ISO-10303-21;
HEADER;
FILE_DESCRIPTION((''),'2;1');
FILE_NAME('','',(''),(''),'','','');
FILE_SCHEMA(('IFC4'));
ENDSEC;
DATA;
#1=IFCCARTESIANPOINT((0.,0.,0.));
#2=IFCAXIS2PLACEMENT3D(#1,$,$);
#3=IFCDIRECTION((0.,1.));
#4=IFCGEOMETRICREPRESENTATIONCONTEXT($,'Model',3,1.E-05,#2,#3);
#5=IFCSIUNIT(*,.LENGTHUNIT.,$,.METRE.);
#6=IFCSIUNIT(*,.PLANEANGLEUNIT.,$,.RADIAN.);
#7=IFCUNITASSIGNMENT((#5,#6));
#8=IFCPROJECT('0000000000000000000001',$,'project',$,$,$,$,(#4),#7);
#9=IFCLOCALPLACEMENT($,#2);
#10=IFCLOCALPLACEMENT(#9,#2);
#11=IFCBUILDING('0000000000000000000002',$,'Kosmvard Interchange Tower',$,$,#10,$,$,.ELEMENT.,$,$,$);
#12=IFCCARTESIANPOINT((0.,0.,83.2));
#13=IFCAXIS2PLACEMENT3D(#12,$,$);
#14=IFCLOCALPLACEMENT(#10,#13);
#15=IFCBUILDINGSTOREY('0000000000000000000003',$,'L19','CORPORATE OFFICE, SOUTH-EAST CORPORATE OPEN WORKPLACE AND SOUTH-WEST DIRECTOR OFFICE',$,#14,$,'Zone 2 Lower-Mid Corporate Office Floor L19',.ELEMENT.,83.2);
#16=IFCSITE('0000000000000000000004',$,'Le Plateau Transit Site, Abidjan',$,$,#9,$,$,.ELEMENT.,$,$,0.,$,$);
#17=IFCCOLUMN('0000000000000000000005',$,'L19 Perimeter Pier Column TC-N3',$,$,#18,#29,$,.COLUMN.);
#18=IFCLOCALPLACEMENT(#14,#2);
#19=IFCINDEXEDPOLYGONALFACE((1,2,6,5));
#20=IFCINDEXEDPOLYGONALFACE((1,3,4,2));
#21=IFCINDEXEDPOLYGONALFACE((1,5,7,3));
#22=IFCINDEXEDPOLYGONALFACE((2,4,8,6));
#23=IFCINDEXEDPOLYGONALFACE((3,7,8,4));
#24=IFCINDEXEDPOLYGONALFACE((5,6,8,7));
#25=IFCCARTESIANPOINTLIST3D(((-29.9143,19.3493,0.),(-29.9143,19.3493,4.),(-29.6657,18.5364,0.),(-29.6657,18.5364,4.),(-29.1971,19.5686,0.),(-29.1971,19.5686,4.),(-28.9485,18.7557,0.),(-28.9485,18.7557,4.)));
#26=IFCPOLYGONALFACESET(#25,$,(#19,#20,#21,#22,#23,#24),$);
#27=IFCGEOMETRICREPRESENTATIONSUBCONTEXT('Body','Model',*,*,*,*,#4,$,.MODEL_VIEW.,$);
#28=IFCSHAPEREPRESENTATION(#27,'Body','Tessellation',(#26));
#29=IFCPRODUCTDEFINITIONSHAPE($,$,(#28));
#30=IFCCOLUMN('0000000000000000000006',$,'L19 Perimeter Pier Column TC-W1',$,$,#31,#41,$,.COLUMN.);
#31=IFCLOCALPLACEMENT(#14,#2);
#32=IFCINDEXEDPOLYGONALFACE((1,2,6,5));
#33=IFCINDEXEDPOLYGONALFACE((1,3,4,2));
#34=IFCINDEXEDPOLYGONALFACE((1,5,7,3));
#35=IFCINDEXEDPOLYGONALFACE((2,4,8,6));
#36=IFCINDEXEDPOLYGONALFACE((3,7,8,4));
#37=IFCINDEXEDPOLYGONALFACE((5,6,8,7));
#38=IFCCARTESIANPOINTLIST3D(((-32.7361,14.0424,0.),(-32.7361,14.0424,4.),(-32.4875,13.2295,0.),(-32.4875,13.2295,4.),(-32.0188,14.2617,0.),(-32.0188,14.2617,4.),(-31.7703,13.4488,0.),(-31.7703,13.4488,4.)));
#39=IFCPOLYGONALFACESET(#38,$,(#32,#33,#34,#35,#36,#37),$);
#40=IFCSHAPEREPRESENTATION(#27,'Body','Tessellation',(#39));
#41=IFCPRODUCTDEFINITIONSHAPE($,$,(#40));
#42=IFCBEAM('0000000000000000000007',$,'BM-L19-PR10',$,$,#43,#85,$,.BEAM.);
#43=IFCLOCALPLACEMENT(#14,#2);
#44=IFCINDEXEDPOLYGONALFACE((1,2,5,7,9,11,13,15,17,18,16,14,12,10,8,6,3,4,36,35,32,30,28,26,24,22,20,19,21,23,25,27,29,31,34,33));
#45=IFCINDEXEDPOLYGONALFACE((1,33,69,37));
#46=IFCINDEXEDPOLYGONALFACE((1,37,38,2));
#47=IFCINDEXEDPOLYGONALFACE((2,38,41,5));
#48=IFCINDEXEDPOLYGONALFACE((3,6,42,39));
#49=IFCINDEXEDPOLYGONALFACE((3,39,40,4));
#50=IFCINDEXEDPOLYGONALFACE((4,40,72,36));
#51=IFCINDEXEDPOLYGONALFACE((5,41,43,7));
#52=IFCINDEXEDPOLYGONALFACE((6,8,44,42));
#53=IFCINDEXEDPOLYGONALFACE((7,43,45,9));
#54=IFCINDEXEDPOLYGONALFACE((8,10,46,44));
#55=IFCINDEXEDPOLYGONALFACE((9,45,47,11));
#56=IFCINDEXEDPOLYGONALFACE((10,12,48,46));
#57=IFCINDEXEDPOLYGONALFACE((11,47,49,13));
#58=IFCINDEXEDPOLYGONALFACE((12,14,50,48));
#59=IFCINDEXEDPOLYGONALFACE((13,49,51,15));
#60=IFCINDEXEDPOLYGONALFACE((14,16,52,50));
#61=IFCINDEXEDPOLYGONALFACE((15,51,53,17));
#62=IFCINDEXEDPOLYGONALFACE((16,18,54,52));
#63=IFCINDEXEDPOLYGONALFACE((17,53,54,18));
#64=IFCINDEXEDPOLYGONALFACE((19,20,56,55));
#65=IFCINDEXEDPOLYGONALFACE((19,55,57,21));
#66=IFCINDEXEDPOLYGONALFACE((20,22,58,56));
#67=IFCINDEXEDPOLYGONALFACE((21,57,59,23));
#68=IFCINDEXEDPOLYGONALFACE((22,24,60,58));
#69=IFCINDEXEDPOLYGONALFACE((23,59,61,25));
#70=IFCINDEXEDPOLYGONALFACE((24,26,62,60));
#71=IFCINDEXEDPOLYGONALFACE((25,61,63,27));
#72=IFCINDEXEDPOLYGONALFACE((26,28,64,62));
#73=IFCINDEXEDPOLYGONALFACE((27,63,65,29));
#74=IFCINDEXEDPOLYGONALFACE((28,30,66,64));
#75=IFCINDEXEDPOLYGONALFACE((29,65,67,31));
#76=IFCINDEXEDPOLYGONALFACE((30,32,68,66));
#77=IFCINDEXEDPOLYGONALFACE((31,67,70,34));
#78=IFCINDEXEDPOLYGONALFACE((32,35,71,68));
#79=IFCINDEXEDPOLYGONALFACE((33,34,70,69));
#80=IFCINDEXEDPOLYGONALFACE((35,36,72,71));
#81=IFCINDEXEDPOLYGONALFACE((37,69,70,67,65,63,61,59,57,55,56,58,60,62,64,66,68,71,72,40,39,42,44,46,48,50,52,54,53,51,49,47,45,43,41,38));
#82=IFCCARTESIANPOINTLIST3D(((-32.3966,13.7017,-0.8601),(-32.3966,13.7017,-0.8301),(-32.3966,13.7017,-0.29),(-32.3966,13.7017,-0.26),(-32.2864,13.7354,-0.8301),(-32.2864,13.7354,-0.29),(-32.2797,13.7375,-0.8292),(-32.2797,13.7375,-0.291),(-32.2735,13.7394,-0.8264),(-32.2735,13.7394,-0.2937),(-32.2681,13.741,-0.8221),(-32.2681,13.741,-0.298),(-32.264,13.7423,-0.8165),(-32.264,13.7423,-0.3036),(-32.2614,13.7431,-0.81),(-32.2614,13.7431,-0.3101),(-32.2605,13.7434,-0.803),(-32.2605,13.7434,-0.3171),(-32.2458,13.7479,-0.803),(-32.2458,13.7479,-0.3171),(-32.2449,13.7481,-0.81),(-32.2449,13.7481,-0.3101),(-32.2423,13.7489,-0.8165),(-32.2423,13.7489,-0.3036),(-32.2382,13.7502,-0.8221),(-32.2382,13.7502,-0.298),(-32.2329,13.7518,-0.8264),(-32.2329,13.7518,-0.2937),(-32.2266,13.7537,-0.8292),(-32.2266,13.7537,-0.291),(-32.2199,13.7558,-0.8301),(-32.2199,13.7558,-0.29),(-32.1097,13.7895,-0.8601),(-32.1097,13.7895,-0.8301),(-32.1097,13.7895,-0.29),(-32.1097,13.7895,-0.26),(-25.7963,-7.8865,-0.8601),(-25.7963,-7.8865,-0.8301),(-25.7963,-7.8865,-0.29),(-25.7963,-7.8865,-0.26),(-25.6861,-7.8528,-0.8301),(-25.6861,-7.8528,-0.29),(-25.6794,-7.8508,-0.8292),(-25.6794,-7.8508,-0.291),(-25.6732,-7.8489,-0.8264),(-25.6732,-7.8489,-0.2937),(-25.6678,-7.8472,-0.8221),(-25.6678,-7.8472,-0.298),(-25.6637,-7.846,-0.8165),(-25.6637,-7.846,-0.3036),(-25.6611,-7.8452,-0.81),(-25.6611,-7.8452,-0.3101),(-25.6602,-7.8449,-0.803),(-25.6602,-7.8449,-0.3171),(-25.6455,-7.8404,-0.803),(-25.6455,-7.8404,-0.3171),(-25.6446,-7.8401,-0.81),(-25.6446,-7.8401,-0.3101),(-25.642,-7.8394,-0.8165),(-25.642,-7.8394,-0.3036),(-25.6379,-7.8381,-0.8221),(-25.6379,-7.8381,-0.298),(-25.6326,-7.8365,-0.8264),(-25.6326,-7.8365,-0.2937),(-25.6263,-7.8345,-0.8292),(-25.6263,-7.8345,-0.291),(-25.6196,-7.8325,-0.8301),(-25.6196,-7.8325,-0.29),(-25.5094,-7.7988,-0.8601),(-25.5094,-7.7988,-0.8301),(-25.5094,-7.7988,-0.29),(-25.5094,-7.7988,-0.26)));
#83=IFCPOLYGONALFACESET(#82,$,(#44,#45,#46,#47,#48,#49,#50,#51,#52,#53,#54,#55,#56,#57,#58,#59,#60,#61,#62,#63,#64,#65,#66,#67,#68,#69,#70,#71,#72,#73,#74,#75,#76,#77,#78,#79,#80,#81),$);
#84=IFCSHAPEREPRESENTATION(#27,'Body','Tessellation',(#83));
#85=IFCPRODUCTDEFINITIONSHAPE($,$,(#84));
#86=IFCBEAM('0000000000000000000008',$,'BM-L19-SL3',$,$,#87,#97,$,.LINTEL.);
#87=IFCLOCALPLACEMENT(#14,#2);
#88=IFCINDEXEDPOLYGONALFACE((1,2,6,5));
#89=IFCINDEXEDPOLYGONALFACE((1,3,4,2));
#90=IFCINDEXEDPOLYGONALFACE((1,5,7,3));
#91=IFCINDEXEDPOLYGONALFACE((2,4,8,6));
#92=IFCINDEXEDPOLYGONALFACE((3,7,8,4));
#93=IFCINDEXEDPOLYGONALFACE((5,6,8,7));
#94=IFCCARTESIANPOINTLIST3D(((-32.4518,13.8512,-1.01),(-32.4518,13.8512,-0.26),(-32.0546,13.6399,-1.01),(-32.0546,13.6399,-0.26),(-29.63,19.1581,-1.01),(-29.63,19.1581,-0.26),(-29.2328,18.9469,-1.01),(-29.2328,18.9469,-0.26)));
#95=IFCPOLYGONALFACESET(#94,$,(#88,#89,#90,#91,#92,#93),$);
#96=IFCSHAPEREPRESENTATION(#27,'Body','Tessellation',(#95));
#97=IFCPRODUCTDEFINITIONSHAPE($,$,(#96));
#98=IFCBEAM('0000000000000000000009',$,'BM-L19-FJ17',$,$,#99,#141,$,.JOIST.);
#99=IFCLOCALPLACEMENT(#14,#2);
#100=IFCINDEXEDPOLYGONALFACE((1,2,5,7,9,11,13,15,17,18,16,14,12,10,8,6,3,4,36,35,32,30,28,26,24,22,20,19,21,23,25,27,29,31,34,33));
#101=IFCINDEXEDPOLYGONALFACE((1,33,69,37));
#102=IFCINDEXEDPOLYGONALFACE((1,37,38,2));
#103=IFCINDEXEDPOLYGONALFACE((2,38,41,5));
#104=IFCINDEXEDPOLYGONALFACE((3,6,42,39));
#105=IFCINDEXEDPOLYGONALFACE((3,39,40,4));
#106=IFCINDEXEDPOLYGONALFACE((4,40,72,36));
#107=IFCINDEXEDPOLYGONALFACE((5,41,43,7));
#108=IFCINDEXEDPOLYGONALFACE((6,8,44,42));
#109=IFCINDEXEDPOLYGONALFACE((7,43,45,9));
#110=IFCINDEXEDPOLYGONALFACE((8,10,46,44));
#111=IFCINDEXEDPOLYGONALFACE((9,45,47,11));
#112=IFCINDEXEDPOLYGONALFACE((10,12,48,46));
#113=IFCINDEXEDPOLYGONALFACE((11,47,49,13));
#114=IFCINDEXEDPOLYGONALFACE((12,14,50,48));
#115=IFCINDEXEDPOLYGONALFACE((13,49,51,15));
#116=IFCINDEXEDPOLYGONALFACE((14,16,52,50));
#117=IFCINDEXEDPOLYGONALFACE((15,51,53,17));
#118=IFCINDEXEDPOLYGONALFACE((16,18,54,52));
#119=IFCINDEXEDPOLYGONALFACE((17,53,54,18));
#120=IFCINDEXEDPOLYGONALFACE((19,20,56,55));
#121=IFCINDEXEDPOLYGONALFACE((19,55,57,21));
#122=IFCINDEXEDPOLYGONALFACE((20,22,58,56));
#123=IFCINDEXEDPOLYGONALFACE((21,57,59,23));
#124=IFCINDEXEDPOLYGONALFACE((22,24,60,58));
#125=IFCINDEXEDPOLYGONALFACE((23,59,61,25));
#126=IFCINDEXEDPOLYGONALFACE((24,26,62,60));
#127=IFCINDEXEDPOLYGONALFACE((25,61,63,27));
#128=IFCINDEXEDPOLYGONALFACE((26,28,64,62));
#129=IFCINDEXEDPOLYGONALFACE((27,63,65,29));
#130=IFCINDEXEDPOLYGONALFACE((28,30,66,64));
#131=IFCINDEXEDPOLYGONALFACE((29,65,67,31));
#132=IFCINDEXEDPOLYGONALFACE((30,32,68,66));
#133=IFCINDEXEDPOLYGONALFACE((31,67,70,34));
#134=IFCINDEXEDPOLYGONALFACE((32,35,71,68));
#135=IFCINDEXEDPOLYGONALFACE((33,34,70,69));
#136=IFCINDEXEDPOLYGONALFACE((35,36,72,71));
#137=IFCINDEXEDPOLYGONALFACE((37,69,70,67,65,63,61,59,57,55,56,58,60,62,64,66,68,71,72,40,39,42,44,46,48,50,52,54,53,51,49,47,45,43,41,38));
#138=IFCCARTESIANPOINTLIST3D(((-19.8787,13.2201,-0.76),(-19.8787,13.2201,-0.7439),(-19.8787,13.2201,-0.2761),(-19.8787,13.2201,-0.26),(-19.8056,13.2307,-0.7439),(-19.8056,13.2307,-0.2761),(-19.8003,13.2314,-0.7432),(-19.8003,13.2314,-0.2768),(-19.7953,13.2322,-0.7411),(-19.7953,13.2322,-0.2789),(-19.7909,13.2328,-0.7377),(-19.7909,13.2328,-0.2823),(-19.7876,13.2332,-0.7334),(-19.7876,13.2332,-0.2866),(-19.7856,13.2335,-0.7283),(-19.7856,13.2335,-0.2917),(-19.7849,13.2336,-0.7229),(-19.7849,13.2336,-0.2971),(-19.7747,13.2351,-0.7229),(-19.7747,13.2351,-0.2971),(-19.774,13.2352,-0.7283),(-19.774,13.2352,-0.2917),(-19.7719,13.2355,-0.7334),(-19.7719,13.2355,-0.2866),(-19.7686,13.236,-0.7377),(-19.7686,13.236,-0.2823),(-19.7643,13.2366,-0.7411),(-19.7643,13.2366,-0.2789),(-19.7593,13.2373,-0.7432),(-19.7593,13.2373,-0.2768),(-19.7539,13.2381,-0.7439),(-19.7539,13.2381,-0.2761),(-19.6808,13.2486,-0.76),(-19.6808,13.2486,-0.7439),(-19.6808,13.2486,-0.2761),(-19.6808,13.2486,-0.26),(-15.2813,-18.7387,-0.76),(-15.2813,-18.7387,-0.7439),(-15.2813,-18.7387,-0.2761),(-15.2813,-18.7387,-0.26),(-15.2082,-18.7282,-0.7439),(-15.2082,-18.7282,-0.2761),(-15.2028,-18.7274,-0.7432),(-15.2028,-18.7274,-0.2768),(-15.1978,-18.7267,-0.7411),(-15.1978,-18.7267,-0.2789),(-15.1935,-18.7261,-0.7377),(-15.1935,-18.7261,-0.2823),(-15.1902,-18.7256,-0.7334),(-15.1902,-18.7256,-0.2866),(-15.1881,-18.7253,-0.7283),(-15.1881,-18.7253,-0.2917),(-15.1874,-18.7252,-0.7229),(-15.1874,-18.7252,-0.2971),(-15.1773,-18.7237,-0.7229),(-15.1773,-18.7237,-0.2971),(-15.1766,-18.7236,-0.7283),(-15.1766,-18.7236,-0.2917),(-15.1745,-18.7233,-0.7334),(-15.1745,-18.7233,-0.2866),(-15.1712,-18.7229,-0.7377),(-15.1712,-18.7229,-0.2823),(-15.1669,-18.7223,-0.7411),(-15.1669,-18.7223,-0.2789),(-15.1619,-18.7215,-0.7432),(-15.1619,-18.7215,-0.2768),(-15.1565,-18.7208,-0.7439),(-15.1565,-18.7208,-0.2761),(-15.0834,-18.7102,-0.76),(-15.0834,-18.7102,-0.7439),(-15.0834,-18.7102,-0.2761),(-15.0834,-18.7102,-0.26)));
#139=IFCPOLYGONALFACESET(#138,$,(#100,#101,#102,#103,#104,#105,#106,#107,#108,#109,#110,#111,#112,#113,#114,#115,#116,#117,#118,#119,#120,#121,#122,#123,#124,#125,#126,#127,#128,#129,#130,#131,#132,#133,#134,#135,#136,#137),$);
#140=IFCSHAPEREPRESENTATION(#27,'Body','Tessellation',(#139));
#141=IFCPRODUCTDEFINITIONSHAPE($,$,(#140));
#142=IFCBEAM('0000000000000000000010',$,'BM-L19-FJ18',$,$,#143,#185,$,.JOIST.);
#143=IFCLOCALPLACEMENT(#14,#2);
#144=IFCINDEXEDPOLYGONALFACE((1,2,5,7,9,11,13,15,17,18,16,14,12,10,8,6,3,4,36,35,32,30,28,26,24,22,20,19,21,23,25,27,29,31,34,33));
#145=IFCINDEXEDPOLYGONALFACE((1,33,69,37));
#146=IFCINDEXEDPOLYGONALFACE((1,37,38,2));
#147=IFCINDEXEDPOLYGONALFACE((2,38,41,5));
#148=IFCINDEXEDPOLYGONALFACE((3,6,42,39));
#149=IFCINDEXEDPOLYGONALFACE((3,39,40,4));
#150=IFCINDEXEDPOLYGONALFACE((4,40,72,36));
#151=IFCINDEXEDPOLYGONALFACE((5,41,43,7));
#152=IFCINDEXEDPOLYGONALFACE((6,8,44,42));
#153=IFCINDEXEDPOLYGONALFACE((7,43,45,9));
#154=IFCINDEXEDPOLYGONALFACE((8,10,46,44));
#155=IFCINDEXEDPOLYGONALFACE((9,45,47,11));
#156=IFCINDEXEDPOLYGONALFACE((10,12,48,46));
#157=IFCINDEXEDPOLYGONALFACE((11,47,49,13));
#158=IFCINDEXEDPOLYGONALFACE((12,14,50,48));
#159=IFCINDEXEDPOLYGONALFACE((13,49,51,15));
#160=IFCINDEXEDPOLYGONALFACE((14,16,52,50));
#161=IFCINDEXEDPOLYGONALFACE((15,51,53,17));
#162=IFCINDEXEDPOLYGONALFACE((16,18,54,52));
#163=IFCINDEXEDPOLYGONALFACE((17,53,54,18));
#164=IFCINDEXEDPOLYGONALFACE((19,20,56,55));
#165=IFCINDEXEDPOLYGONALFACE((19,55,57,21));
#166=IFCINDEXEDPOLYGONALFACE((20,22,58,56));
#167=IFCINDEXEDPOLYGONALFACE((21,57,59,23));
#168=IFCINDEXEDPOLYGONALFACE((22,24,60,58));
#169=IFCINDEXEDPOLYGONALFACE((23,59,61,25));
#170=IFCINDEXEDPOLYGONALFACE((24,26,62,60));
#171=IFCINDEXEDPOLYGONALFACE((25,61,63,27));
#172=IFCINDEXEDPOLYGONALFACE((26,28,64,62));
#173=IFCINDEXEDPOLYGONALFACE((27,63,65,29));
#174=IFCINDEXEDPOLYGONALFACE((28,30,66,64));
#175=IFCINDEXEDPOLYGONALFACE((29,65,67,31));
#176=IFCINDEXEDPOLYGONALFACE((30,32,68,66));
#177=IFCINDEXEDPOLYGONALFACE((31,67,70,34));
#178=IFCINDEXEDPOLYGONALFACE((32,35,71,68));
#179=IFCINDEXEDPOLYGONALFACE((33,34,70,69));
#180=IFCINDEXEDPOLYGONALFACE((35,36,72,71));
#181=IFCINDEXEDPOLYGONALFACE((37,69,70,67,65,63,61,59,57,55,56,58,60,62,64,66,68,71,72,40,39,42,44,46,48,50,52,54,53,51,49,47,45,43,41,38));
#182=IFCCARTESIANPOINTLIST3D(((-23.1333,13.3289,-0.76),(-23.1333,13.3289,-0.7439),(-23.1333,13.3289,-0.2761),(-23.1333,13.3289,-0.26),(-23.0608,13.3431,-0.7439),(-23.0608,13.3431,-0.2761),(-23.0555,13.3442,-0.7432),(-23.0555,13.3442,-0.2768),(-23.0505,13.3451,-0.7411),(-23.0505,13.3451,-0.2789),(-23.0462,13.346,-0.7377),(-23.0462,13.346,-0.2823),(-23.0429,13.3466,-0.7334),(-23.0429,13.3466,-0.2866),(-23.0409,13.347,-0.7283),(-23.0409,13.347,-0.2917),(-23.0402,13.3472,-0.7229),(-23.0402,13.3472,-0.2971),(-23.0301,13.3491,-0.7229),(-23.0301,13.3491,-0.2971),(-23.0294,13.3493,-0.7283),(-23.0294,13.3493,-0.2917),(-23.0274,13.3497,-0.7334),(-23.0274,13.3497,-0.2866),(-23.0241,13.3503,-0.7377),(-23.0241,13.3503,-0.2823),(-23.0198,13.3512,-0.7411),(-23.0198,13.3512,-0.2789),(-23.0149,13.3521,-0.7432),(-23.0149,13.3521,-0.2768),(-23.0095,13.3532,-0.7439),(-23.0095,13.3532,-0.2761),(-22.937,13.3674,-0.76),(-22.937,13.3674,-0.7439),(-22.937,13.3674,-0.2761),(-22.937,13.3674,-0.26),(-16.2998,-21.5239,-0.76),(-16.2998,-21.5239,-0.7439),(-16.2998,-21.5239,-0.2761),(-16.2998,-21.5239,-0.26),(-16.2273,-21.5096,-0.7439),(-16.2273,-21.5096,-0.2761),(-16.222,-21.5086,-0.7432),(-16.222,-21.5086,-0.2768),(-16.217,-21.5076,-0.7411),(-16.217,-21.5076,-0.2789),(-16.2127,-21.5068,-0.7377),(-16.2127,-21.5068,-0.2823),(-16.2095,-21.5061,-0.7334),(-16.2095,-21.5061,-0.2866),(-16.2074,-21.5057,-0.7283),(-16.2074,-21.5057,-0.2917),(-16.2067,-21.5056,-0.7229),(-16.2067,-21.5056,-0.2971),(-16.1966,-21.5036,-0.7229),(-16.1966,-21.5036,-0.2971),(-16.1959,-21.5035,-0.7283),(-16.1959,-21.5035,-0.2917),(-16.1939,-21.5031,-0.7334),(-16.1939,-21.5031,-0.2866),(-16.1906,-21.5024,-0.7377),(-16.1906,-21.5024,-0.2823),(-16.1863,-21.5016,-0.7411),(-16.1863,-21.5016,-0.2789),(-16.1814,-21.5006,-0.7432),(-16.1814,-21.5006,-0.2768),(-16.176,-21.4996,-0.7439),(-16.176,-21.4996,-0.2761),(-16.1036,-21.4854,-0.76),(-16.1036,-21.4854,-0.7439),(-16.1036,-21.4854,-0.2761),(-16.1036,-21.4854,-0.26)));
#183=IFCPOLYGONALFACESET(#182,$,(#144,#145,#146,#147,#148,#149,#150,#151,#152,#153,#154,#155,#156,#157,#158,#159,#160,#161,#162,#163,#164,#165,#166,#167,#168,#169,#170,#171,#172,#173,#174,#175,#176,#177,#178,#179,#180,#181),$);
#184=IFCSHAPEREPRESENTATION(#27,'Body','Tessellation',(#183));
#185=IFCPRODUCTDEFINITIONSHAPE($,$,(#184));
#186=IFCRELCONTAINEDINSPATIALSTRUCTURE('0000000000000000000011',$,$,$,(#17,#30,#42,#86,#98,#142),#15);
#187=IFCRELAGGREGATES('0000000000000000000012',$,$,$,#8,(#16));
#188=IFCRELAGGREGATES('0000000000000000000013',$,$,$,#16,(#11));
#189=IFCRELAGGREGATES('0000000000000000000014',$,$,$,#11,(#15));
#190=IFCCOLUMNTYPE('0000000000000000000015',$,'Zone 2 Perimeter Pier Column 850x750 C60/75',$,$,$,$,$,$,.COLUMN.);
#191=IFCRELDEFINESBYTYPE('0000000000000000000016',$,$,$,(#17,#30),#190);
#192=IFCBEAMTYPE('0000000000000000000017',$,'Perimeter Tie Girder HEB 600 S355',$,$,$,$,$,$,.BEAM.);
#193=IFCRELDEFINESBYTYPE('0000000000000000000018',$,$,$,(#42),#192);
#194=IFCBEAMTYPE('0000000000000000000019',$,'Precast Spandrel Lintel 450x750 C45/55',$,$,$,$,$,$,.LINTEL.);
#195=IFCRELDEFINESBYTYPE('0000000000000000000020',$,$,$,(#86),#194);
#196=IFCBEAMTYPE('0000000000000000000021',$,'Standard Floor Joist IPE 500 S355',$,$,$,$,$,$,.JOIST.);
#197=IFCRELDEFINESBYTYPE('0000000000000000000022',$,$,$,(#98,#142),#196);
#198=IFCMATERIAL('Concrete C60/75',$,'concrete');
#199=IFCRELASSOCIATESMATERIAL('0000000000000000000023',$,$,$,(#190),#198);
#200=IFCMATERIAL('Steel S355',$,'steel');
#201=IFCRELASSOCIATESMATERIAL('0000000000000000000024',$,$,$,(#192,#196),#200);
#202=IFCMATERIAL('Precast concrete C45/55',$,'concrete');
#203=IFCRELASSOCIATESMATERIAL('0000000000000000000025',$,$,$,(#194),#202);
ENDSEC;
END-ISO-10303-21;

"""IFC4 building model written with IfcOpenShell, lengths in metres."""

from ifc_helpers import new_model, si_unit, direction, frame, origin, origin_2d, place, context, subcontext, project, spatial, rectangle, i_section, extrude, source, transform, mapped, material, material_profile, profile_set, type_object, element, save


model = new_model("IFC4")

# Units and contexts
model_context = context("Model", 3, precision=1e-05, world=origin(), true_north=direction((0.0, 1.0)))
body_context = subcontext(model_context, "Body", "Model", "MODEL_VIEW")
ifc_project = project(units=[si_unit("LENGTHUNIT", "METRE"), si_unit("PLANEANGLEUNIT", "RADIAN")], contexts=[model_context])

# Site, building, storey
site_placement = place(None, origin())
site = spatial("IfcSite", under=ifc_project, at=site_placement, Name="Le Plateau Transit Site, Abidjan", CompositionType="ELEMENT", RefElevation=0.0)
building_placement = place(site_placement, origin())
building = spatial("IfcBuilding", under=site, at=building_placement, Name="Kosmvard Interchange Tower", CompositionType="ELEMENT")
storey_placement = place(building_placement, frame((0.0, 0.0, 83.2)))
storey = spatial("IfcBuildingStorey", under=building, at=storey_placement, Name="L19", Description="CORPORATE OFFICE, SOUTH-EAST CORPORATE OPEN WORKPLACE AND SOUTH-WEST DIRECTOR OFFICE", LongName="Zone 2 Lower-Mid Corporate Office Floor L19", CompositionType="ELEMENT", Elevation=83.2)

# Columns
ifc_material_1 = material(Name="Concrete C60/75", Category="concrete")
ifc_material_profile_1 = material_profile(ifc_material_1, rectangle(XDim=0.75, YDim=0.8501, at=origin_2d()), Name="TC 850x750")
ifc_profile_set_1 = profile_set([ifc_material_profile_1], Name="Concrete C60/75")
column_type = type_object("IfcColumnType", Name="Zone 2 Perimeter Pier Column 850x750 C60/75", PredefinedType="COLUMN", material=ifc_profile_set_1)
shared_shape_1 = source(origin(), body_context, "Body", "SweptSolid", [
    extrude(rectangle(XDim=0.75, YDim=0.8501, at=origin_2d()), origin(), (0.0, 0.0, 1.0), 4.0),
])
for number, where, z_axis, x_axis, name in (
    (1, (-29.4314, 19.0525, 0.0), (0.0, 0.0, 1.0), (0.956305, 0.292372, 0.0), "L19 Perimeter Pier Column TC-N3"),
    (2, (-32.2532, 13.7456, 0.0), (0.0, 0.0, 1.0), (0.956305, 0.292372, 0.0), "L19 Perimeter Pier Column TC-W1"),
):
    element("IfcColumn", number, at=place(storey_placement, frame(where, z_axis=z_axis, x_axis=x_axis)), inside=storey, type_object=column_type, Name=name, PredefinedType="COLUMN", context=body_context, shape_type="MappedRepresentation", body=[
        mapped(shared_shape_1, transform((0.0, 0.0, 0.0), scale=1.0)),
    ])

# Beams
ifc_material_2 = material(Name="Steel S355", Category="steel")
ifc_material_profile_2 = material_profile(ifc_material_2, i_section(OverallWidth=0.3, OverallDepth=0.6001, WebThickness=0.0154, FlangeThickness=0.03, FilletRadius=0.0271, at=origin_2d()), Name="HEB 600")
ifc_profile_set_2 = profile_set([ifc_material_profile_2], Name="Steel S355")
beam_type_1 = type_object("IfcBeamType", Name="Perimeter Tie Girder HEB 600 S355", PredefinedType="BEAM", material=ifc_profile_set_2)
shared_shape_2 = source(origin(), body_context, "Body", "SweptSolid", [
    extrude(i_section(OverallWidth=0.3, OverallDepth=0.6001, WebThickness=0.0154, FlangeThickness=0.03, FilletRadius=0.0271, at=origin_2d()), origin(), (0.0, 0.0, 1.0), 22.5747),
])
beam_1_placement = place(storey_placement, frame((-32.2532, 13.7456, -0.5601), z_axis=(0.292376, -0.956303, 0.0), x_axis=(0.956303, 0.292376, 0.0)))
element("IfcBeam", 3, at=beam_1_placement, inside=storey, type_object=beam_type_1, Name="BM-L19-PR10", PredefinedType="BEAM", context=body_context, shape_type="MappedRepresentation", body=[
    mapped(shared_shape_2, transform((0.0, 0.0, 0.0), scale=1.0)),
])
ifc_material_3 = material(Name="Precast concrete C45/55", Category="concrete")
ifc_material_profile_3 = material_profile(ifc_material_3, rectangle(XDim=0.45, YDim=0.75, at=origin_2d()), Name="SL 450x750")
ifc_profile_set_3 = profile_set([ifc_material_profile_3], Name="Precast concrete C45/55")
beam_type_2 = type_object("IfcBeamType", Name="Precast Spandrel Lintel 450x750 C45/55", PredefinedType="LINTEL", material=ifc_profile_set_3)
shared_shape_3 = source(origin(), body_context, "Body", "SweptSolid", [
    extrude(rectangle(XDim=0.45, YDim=0.75, at=origin_2d()), origin(), (0.0, 0.0, 1.0), 6.0105),
])
beam_2_placement = place(storey_placement, frame((-29.4314, 19.0525, -0.635), z_axis=(-0.469479, -0.882944, 0.0), x_axis=(0.882944, -0.469479, 0.0)))
element("IfcBeam", 4, at=beam_2_placement, inside=storey, type_object=beam_type_2, Name="BM-L19-SL3", PredefinedType="LINTEL", context=body_context, shape_type="MappedRepresentation", body=[
    mapped(shared_shape_3, transform((0.0, 0.0, 0.0), scale=1.0)),
])
ifc_material_profile_4 = material_profile(ifc_material_2, i_section(OverallWidth=0.2, OverallDepth=0.5, WebThickness=0.0103, FlangeThickness=0.0161, FilletRadius=0.021, at=origin_2d()), Name="IPE 500")
ifc_profile_set_4 = profile_set([ifc_material_profile_4], Name="Steel S355")
beam_type_3 = type_object("IfcBeamType", Name="Standard Floor Joist IPE 500 S355", PredefinedType="JOIST", material=ifc_profile_set_4)
shared_shape_4 = source(origin(), body_context, "Body", "SweptSolid", [
    extrude(i_section(OverallWidth=0.2, OverallDepth=0.5, WebThickness=0.0103, FlangeThickness=0.0161, FilletRadius=0.021, at=origin_2d()), origin(), (0.0, 0.0, 1.0), 32.2878),
])
beam_3_placement = place(storey_placement, frame((-19.7798, 13.2344, -0.51), z_axis=(0.142389, -0.989811, 0.0), x_axis=(0.989811, 0.142389, 0.0)))
element("IfcBeam", 5, at=beam_3_placement, inside=storey, type_object=beam_type_3, Name="BM-L19-FJ17", PredefinedType="JOIST", context=body_context, shape_type="MappedRepresentation", body=[
    mapped(shared_shape_4, transform((0.0, 0.0, 0.0), scale=1.0)),
])
shared_shape_5 = source(origin(), body_context, "Body", "SweptSolid", [
    extrude(i_section(OverallWidth=0.2, OverallDepth=0.5, WebThickness=0.0103, FlangeThickness=0.0161, FilletRadius=0.021, at=origin_2d()), origin(), (0.0, 0.0, 1.0), 35.5164),
])
beam_4_placement = place(storey_placement, frame((-23.0352, 13.3481, -0.51), z_axis=(0.192404, -0.981316, 0.0), x_axis=(0.981316, 0.192404, 0.0)))
element("IfcBeam", 6, at=beam_4_placement, inside=storey, type_object=beam_type_3, Name="BM-L19-FJ18", PredefinedType="JOIST", context=body_context, shape_type="MappedRepresentation", body=[
    mapped(shared_shape_5, transform((0.0, 0.0, 0.0), scale=1.0)),
])

save(model, "model.ifc")
